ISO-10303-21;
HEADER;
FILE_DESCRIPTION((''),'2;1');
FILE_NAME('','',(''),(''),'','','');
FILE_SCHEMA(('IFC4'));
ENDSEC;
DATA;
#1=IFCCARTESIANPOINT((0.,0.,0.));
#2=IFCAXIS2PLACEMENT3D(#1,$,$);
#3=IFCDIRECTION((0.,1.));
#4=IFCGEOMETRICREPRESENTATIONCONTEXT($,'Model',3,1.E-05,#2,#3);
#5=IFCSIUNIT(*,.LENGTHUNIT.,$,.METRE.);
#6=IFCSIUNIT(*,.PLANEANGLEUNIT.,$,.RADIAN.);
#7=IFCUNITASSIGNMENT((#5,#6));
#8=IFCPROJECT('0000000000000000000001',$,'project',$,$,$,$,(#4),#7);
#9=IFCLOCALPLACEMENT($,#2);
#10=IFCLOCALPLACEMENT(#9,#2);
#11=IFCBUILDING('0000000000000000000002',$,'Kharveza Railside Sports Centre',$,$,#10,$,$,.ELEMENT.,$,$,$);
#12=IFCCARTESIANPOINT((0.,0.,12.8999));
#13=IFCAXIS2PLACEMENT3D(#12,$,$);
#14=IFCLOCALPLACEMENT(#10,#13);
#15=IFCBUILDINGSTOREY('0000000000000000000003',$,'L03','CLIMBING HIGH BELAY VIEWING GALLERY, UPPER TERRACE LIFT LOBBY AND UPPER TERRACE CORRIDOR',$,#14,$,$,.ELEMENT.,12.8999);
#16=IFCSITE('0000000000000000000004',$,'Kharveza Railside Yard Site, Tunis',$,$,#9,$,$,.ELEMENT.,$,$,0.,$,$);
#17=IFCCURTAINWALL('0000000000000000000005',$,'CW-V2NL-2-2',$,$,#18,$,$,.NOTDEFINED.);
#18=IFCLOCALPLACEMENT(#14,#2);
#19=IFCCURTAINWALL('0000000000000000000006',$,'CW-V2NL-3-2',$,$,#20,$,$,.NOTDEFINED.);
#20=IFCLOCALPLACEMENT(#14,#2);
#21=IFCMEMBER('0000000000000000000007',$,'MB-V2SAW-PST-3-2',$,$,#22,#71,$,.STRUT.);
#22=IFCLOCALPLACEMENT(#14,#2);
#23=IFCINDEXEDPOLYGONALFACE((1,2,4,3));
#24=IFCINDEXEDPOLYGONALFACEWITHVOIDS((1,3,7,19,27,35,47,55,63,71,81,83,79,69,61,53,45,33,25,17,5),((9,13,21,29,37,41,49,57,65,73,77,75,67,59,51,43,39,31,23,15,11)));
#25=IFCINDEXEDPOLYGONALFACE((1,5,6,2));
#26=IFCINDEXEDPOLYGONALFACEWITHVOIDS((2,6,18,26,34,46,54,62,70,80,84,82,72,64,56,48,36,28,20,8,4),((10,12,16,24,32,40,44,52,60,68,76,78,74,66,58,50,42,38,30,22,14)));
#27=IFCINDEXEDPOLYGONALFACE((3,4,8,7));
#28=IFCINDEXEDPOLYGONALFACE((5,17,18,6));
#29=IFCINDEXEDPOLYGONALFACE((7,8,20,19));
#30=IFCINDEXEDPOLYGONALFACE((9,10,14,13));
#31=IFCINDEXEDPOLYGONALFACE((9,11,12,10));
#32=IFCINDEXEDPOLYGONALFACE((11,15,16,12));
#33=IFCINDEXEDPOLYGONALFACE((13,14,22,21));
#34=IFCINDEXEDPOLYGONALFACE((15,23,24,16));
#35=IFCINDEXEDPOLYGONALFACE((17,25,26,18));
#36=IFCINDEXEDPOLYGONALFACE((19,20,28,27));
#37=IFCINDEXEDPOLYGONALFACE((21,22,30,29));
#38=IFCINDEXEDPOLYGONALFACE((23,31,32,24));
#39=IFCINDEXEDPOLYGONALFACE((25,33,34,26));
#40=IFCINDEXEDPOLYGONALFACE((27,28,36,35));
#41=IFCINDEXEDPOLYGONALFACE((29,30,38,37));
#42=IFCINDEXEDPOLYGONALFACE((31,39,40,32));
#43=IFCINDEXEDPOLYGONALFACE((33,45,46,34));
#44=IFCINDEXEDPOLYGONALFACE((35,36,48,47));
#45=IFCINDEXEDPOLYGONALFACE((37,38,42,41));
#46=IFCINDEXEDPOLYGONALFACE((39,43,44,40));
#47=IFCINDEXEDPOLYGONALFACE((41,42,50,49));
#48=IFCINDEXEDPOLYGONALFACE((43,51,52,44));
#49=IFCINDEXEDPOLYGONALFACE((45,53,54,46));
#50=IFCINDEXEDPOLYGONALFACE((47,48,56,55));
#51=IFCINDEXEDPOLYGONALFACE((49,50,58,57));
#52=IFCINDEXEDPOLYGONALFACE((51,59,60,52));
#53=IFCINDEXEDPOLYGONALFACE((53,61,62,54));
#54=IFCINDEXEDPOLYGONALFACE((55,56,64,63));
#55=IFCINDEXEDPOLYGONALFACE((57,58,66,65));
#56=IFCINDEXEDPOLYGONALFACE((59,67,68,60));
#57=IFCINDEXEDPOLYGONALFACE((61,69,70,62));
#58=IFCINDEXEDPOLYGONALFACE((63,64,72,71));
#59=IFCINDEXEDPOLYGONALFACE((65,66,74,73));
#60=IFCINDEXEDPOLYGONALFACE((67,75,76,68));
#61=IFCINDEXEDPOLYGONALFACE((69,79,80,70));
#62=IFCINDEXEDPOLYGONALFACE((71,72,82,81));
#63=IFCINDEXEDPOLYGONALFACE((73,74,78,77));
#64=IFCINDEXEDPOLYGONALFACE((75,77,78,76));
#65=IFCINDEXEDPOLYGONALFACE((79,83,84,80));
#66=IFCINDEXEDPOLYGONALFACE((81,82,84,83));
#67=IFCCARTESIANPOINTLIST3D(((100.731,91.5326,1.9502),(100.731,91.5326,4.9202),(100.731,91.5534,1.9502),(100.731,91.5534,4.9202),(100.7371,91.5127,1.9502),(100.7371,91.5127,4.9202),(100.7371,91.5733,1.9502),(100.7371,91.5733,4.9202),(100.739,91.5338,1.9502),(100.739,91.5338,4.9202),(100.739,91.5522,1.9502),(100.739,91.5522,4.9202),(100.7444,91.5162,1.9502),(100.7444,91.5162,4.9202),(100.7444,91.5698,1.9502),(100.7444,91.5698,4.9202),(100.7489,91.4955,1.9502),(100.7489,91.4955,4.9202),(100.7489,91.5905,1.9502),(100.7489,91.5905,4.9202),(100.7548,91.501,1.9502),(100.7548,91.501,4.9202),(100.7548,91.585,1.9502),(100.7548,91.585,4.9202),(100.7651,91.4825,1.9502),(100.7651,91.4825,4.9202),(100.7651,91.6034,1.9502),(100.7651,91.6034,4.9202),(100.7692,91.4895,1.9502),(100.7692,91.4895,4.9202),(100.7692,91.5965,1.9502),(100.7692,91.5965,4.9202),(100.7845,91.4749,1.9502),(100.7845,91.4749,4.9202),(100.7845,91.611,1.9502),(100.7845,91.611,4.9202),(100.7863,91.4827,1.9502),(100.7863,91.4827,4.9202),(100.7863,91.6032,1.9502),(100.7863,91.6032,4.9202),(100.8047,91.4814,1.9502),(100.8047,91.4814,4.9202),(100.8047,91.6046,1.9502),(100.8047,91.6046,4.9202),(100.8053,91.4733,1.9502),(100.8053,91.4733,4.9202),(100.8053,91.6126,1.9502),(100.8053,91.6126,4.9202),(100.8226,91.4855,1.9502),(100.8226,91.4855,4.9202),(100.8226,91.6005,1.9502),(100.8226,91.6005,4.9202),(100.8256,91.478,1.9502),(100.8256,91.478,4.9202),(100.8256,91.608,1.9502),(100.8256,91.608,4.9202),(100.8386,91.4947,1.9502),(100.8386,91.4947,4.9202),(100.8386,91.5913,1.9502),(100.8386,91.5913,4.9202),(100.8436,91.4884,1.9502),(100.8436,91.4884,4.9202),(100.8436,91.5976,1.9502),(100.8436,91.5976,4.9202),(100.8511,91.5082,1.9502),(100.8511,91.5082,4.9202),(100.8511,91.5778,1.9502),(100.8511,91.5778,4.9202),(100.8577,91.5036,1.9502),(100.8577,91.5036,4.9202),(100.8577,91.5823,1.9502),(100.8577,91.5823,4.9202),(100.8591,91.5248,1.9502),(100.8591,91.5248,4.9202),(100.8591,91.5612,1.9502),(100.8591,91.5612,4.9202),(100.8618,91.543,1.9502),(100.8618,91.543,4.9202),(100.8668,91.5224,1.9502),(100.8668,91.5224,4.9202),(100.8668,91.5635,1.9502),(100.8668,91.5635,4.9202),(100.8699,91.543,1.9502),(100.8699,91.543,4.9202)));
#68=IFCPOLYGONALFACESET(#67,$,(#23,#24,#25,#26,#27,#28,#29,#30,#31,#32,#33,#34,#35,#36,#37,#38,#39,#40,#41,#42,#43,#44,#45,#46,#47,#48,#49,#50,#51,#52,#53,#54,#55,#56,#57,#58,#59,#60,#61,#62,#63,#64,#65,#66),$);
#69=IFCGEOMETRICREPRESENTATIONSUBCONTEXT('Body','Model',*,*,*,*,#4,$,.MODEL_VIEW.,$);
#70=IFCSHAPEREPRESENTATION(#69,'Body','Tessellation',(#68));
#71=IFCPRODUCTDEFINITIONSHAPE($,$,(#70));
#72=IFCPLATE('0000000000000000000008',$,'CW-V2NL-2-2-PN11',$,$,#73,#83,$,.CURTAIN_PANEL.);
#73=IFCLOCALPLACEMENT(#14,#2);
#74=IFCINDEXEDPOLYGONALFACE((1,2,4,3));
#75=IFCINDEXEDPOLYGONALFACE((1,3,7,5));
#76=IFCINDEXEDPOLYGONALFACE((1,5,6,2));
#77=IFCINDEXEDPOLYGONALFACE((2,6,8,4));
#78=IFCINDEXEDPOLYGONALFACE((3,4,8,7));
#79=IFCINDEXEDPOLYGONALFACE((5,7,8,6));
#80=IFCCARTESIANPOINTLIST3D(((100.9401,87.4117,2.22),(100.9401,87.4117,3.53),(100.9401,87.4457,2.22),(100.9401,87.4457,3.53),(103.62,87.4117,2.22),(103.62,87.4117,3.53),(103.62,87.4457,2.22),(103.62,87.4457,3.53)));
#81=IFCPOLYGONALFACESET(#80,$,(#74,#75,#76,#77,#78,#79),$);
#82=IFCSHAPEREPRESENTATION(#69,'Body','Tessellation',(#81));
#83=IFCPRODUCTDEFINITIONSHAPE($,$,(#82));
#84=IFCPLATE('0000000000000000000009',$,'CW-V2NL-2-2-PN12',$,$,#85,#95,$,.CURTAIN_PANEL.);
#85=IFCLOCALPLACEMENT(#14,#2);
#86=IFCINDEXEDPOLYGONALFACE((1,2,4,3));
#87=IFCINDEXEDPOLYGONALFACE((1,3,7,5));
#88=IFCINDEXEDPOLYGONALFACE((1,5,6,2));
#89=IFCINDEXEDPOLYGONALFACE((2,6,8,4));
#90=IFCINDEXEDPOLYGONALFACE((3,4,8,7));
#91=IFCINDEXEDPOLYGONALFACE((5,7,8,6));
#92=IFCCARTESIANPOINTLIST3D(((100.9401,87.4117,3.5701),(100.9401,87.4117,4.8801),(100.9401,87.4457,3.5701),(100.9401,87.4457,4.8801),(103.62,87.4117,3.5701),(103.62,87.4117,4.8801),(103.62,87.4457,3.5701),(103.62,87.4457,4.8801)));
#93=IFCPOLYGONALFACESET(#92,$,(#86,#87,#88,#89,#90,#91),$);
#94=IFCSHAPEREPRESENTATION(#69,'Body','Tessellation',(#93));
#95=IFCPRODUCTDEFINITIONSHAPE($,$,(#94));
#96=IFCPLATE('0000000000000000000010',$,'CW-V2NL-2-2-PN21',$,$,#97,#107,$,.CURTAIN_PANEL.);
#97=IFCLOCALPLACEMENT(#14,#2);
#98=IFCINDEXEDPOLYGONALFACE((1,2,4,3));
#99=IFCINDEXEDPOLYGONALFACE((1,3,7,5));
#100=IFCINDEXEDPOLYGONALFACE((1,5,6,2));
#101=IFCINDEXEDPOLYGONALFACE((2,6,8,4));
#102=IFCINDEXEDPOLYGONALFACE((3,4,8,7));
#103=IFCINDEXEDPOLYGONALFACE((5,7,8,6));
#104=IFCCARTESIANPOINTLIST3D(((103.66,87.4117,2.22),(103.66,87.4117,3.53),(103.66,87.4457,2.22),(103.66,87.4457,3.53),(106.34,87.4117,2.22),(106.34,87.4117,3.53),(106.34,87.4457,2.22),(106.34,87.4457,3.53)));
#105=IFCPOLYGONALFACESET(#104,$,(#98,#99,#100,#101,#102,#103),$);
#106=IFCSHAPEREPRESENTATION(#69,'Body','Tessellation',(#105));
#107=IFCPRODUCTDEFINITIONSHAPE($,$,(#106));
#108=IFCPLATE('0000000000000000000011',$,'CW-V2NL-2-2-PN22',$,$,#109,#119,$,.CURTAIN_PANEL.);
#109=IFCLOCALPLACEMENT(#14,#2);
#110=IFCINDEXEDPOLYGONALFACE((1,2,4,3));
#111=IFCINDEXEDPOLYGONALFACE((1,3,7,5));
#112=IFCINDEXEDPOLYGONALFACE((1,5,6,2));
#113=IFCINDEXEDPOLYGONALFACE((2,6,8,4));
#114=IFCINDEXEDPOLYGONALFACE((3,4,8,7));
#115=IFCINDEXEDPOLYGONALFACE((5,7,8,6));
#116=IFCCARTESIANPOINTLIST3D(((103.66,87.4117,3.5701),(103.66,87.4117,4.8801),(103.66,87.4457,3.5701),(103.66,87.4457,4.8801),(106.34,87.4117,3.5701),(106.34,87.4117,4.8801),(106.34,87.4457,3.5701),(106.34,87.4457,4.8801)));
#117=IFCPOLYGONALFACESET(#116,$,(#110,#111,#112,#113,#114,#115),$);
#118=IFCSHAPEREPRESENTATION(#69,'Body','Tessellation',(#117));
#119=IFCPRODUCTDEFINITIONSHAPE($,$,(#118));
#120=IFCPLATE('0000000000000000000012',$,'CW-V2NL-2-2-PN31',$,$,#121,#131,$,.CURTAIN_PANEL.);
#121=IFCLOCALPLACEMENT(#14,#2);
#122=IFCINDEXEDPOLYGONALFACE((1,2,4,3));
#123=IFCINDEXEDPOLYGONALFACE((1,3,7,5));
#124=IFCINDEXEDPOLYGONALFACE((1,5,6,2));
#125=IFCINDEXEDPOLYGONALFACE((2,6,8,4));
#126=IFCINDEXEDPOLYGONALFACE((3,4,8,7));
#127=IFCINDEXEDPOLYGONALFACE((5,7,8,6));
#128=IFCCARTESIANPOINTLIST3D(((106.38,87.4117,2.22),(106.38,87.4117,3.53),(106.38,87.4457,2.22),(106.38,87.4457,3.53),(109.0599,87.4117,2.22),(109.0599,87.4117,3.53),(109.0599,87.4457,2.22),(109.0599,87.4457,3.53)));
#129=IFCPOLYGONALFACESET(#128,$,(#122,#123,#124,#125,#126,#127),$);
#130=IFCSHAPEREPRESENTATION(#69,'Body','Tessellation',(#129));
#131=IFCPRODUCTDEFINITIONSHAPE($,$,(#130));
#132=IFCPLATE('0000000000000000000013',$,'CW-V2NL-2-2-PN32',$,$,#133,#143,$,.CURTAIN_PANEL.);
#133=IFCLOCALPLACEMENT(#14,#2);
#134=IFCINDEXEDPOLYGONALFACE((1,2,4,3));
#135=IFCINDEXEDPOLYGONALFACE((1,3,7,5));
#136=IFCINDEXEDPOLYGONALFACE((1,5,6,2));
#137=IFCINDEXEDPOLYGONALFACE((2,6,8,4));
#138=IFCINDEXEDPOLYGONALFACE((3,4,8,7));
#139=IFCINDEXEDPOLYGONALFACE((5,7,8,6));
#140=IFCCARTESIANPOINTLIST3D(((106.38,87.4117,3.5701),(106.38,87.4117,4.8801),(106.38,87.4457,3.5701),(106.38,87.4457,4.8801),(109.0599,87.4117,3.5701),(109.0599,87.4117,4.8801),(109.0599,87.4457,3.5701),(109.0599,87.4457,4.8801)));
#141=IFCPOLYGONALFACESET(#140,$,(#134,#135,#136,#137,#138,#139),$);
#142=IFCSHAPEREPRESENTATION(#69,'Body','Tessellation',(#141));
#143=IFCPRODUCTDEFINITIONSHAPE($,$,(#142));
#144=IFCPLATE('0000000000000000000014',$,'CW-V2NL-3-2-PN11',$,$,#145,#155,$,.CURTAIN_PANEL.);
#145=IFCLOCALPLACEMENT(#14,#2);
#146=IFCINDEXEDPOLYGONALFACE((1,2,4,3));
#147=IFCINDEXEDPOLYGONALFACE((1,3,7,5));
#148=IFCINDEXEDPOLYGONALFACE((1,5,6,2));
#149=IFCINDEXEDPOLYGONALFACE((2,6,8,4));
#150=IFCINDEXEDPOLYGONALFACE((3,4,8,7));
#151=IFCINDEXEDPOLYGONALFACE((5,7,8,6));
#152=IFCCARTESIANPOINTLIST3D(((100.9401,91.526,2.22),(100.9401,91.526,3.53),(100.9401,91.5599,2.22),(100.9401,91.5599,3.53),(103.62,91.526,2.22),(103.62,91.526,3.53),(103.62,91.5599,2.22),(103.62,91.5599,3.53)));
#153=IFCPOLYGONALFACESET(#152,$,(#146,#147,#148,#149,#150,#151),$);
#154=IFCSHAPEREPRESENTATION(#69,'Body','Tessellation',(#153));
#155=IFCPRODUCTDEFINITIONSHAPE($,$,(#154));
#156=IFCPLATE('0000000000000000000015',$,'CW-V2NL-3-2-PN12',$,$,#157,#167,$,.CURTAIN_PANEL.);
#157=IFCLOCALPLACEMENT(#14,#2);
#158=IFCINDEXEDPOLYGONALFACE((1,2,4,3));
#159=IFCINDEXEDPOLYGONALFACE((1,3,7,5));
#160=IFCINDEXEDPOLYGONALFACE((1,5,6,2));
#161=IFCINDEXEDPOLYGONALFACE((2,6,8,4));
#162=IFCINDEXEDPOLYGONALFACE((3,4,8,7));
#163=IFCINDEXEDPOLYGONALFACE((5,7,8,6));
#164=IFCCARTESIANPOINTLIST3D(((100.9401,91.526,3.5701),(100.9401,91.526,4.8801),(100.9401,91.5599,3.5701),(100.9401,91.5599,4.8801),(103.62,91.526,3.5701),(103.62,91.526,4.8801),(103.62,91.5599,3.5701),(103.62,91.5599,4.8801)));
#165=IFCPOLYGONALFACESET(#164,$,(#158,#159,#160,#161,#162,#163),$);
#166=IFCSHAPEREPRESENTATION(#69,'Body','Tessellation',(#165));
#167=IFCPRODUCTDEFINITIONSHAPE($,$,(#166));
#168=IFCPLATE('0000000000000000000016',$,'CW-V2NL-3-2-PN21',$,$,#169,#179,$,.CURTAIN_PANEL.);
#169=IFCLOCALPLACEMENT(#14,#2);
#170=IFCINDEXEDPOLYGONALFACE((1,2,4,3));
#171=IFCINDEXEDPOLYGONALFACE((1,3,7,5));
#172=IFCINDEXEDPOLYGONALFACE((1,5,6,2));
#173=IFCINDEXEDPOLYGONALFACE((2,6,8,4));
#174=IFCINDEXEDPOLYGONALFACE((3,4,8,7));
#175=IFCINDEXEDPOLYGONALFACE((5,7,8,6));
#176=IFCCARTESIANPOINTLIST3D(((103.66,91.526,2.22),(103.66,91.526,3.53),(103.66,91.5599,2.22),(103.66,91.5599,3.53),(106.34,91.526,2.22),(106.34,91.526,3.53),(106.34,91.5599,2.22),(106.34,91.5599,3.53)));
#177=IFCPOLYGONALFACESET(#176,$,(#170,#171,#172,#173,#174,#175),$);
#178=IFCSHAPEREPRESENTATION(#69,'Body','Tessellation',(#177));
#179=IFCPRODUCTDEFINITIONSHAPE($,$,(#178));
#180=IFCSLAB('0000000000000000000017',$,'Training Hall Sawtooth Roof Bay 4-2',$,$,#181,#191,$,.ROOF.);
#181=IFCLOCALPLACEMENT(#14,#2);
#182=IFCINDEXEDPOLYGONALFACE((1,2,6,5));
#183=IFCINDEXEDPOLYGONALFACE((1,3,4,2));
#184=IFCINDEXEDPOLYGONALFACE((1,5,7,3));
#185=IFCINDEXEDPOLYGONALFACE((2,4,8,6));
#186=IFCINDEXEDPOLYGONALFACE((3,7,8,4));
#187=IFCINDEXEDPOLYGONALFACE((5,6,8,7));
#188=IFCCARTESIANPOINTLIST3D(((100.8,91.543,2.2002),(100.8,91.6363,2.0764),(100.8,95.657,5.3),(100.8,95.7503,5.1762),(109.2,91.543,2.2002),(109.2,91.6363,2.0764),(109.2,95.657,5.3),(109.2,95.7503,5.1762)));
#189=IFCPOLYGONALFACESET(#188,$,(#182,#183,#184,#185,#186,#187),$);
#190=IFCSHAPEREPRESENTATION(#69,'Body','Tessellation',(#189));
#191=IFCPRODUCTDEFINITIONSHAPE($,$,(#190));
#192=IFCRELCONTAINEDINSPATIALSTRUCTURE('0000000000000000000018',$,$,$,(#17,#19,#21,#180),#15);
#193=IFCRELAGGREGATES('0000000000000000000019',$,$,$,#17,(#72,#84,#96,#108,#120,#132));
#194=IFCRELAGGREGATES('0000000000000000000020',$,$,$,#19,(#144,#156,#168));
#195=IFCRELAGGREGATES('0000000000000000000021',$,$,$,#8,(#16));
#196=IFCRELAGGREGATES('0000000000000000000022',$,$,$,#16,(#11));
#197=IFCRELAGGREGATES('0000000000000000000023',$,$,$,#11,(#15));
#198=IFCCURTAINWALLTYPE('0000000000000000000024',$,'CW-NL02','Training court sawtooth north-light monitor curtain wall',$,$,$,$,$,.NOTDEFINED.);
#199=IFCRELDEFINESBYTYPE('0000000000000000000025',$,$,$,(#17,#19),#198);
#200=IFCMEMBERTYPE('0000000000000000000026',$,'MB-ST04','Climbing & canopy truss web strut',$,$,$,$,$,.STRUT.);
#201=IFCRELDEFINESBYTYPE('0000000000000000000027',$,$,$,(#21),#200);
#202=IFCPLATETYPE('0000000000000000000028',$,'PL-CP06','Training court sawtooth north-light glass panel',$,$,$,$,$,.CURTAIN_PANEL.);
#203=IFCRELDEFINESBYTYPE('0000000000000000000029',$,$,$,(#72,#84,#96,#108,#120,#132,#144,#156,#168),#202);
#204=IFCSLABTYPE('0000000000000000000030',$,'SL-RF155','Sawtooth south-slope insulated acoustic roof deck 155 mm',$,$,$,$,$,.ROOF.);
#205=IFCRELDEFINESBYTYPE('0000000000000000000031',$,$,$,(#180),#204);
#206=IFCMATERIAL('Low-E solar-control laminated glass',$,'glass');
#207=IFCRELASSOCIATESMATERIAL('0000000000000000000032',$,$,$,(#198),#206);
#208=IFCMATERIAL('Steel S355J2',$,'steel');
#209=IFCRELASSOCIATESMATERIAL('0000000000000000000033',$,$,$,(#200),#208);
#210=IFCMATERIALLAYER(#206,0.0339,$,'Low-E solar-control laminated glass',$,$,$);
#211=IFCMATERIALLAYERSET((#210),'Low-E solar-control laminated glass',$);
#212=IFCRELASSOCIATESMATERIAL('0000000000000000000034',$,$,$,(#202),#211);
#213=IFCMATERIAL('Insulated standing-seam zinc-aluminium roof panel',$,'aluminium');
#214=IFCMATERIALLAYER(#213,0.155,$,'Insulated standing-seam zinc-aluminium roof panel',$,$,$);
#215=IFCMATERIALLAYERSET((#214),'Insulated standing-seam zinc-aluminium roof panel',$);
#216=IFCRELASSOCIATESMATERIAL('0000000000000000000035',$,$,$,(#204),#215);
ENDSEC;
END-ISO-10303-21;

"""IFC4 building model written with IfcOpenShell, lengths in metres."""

from ifc_helpers import new_model, si_unit, direction, frame, origin, origin_2d, place, context, subcontext, project, spatial, polyline, rectangle, hollow_circle, outline, extrude, material, layer, layer_set, material_profile, profile_set, type_object, element, aggregate, save


model = new_model("IFC4")

# Units and contexts
model_context = context("Model", 3, precision=1e-05, world=origin(), true_north=direction((0.0, 1.0)))
body_context = subcontext(model_context, "Body", "Model", "MODEL_VIEW")
ifc_project = project(units=[si_unit("LENGTHUNIT", "METRE"), si_unit("PLANEANGLEUNIT", "RADIAN")], contexts=[model_context])

# Site, building, storey
site_placement = place(None, origin())
site = spatial("IfcSite", under=ifc_project, at=site_placement, Name="Kharveza Railside Yard Site, Tunis", CompositionType="ELEMENT", RefElevation=0.0)
building_placement = place(site_placement, origin())
building = spatial("IfcBuilding", under=site, at=building_placement, Name="Kharveza Railside Sports Centre", CompositionType="ELEMENT")
storey_placement = place(building_placement, frame((0.0, 0.0, 12.8999)))
storey = spatial("IfcBuildingStorey", under=building, at=storey_placement, Name="L03", Description="CLIMBING HIGH BELAY VIEWING GALLERY, UPPER TERRACE LIFT LOBBY AND UPPER TERRACE CORRIDOR", CompositionType="ELEMENT", Elevation=12.8999)

# Shared definitions
ifc_material_1 = material(Name="Steel S355J2", Category="steel")

# Curtain walls
ifc_material_2 = material(Name="Low-E solar-control laminated glass", Category="glass")
curtain_wall_type = type_object("IfcCurtainWallType", Name="CW-NL02", Description="Training court sawtooth north-light monitor curtain wall", PredefinedType="NOTDEFINED", material=ifc_material_2)
curtain_wall_1_placement = place(storey_placement, origin())
curtain_wall_1 = element("IfcCurtainWall", 1, at=curtain_wall_1_placement, inside=storey, type_object=curtain_wall_type, Name="CW-V2NL-2-2", PredefinedType="NOTDEFINED")
curtain_wall_2_placement = place(storey_placement, origin())
curtain_wall_2 = element("IfcCurtainWall", 2, at=curtain_wall_2_placement, inside=storey, type_object=curtain_wall_type, Name="CW-V2NL-3-2", PredefinedType="NOTDEFINED")

# Member
ifc_material_profile_1 = material_profile(ifc_material_1, hollow_circle(Radius=0.0698, WallThickness=0.0081, at=origin_2d()), Name="CHS 139.7x8.0")
ifc_profile_set_1 = profile_set([ifc_material_profile_1], Name="Steel S355J2")
member_type_1 = type_object("IfcMemberType", Name="MB-ST04", Description="Climbing & canopy truss web strut", PredefinedType="STRUT", material=ifc_profile_set_1)
for number, where, z_axis, x_axis, name in (
    (3, (100.8, 91.543, 1.9502), (0.0, 0.0, 1.0), (1.0, 0.0, 0.0), "MB-V2SAW-PST-3-2"),
):
    element("IfcMember", number, at=place(storey_placement, frame(where, z_axis=z_axis, x_axis=x_axis)), inside=storey, type_object=member_type_1, Name=name, PredefinedType="STRUT", context=body_context, shape_type="SweptSolid", body=[
        extrude(hollow_circle(Radius=0.0698, WallThickness=0.0081, at=origin_2d()), origin(), (0.0, 0.0, 1.0), 2.97),
    ])

# Plates
ifc_layer_1 = layer(ifc_material_2, 0.0339, Name="Low-E solar-control laminated glass")
ifc_layer_set_1 = layer_set([ifc_layer_1], Name="Low-E solar-control laminated glass")
plate_type = type_object("IfcPlateType", Name="PL-CP06", Description="Training court sawtooth north-light glass panel", PredefinedType="CURTAIN_PANEL", material=ifc_layer_set_1)
plate_1_placement = place(storey_placement, frame((102.28, 87.4287, 2.22), z_axis=(0.0, 0.0, 1.0), x_axis=(1.0, 0.0, 0.0)))
plate_1 = element("IfcPlate", 4, at=plate_1_placement, type_object=plate_type, Name="CW-V2NL-2-2-PN11", PredefinedType="CURTAIN_PANEL", context=body_context, shape_type="SweptSolid", body=[
    extrude(rectangle(XDim=2.6799, YDim=0.0339, at=origin_2d()), origin(), (0.0, 0.0, 1.0), 1.3101),
])
plate_2_placement = place(storey_placement, frame((102.28, 87.4287, 3.5701), z_axis=(0.0, 0.0, 1.0), x_axis=(1.0, 0.0, 0.0)))
plate_2 = element("IfcPlate", 5, at=plate_2_placement, type_object=plate_type, Name="CW-V2NL-2-2-PN12", PredefinedType="CURTAIN_PANEL", context=body_context, shape_type="SweptSolid", body=[
    extrude(rectangle(XDim=2.6799, YDim=0.0339, at=origin_2d()), origin(), (0.0, 0.0, 1.0), 1.3101),
])
plate_3_placement = place(storey_placement, frame((105.0, 87.4287, 2.22), z_axis=(0.0, 0.0, 1.0), x_axis=(1.0, 0.0, 0.0)))
plate_3 = element("IfcPlate", 6, at=plate_3_placement, type_object=plate_type, Name="CW-V2NL-2-2-PN21", PredefinedType="CURTAIN_PANEL", context=body_context, shape_type="SweptSolid", body=[
    extrude(rectangle(XDim=2.6799, YDim=0.0339, at=origin_2d()), origin(), (0.0, 0.0, 1.0), 1.3101),
])
plate_4_placement = place(storey_placement, frame((105.0, 87.4287, 3.5701), z_axis=(0.0, 0.0, 1.0), x_axis=(1.0, 0.0, 0.0)))
plate_4 = element("IfcPlate", 7, at=plate_4_placement, type_object=plate_type, Name="CW-V2NL-2-2-PN22", PredefinedType="CURTAIN_PANEL", context=body_context, shape_type="SweptSolid", body=[
    extrude(rectangle(XDim=2.6799, YDim=0.0339, at=origin_2d()), origin(), (0.0, 0.0, 1.0), 1.3101),
])
plate_5_placement = place(storey_placement, frame((107.72, 87.4287, 2.22), z_axis=(0.0, 0.0, 1.0), x_axis=(1.0, 0.0, 0.0)))
plate_5 = element("IfcPlate", 8, at=plate_5_placement, type_object=plate_type, Name="CW-V2NL-2-2-PN31", PredefinedType="CURTAIN_PANEL", context=body_context, shape_type="SweptSolid", body=[
    extrude(rectangle(XDim=2.6799, YDim=0.0339, at=origin_2d()), origin(), (0.0, 0.0, 1.0), 1.3101),
])
plate_6_placement = place(storey_placement, frame((107.72, 87.4287, 3.5701), z_axis=(0.0, 0.0, 1.0), x_axis=(1.0, 0.0, 0.0)))
plate_6 = element("IfcPlate", 9, at=plate_6_placement, type_object=plate_type, Name="CW-V2NL-2-2-PN32", PredefinedType="CURTAIN_PANEL", context=body_context, shape_type="SweptSolid", body=[
    extrude(rectangle(XDim=2.6799, YDim=0.0339, at=origin_2d()), origin(), (0.0, 0.0, 1.0), 1.3101),
])
aggregate(curtain_wall_1, [plate_1, plate_2, plate_3, plate_4, plate_5, plate_6])
plate_7_placement = place(storey_placement, frame((102.28, 91.543, 2.22), z_axis=(0.0, 0.0, 1.0), x_axis=(1.0, 0.0, 0.0)))
plate_7 = element("IfcPlate", 10, at=plate_7_placement, type_object=plate_type, Name="CW-V2NL-3-2-PN11", PredefinedType="CURTAIN_PANEL", context=body_context, shape_type="SweptSolid", body=[
    extrude(rectangle(XDim=2.6799, YDim=0.0339, at=origin_2d()), origin(), (0.0, 0.0, 1.0), 1.3101),
])
plate_8_placement = place(storey_placement, frame((102.28, 91.543, 3.5701), z_axis=(0.0, 0.0, 1.0), x_axis=(1.0, 0.0, 0.0)))
plate_8 = element("IfcPlate", 11, at=plate_8_placement, type_object=plate_type, Name="CW-V2NL-3-2-PN12", PredefinedType="CURTAIN_PANEL", context=body_context, shape_type="SweptSolid", body=[
    extrude(rectangle(XDim=2.6799, YDim=0.0339, at=origin_2d()), origin(), (0.0, 0.0, 1.0), 1.3101),
])
plate_9_placement = place(storey_placement, frame((105.0, 91.543, 2.22), z_axis=(0.0, 0.0, 1.0), x_axis=(1.0, 0.0, 0.0)))
plate_9 = element("IfcPlate", 12, at=plate_9_placement, type_object=plate_type, Name="CW-V2NL-3-2-PN21", PredefinedType="CURTAIN_PANEL", context=body_context, shape_type="SweptSolid", body=[
    extrude(rectangle(XDim=2.6799, YDim=0.0339, at=origin_2d()), origin(), (0.0, 0.0, 1.0), 1.3101),
])
aggregate(curtain_wall_2, [plate_7, plate_8, plate_9])

# Slab
ifc_material_3 = material(Name="Insulated standing-seam zinc-aluminium roof panel", Category="aluminium")
ifc_layer_2 = layer(ifc_material_3, 0.155, Name="Insulated standing-seam zinc-aluminium roof panel")
ifc_layer_set_2 = layer_set([ifc_layer_2], Name="Insulated standing-seam zinc-aluminium roof panel")
slab_type = type_object("IfcSlabType", Name="SL-RF155", Description="Sawtooth south-slope insulated acoustic roof deck 155 mm", PredefinedType="ROOF", material=ifc_layer_set_2)
slab_placement = place(storey_placement, frame((100.8, 91.543, 2.2002), z_axis=(0.0, -0.601781, 0.798661), x_axis=(1.0, 0.0, 0.0)))
element("IfcSlab", 13, at=slab_placement, inside=storey, type_object=slab_type, Name="Training Hall Sawtooth Roof Bay 4-2", PredefinedType="ROOF", context=body_context, shape_type="SweptSolid", body=[
    extrude(outline(polyline([(0.0, 0.0), (8.3999, 0.0), (8.3999, 5.1511), (0.0, 5.1511), (0.0, 0.0)])), origin(), (0.0, 0.0, -1.0), 0.155),
])

save(model, "model.ifc")
